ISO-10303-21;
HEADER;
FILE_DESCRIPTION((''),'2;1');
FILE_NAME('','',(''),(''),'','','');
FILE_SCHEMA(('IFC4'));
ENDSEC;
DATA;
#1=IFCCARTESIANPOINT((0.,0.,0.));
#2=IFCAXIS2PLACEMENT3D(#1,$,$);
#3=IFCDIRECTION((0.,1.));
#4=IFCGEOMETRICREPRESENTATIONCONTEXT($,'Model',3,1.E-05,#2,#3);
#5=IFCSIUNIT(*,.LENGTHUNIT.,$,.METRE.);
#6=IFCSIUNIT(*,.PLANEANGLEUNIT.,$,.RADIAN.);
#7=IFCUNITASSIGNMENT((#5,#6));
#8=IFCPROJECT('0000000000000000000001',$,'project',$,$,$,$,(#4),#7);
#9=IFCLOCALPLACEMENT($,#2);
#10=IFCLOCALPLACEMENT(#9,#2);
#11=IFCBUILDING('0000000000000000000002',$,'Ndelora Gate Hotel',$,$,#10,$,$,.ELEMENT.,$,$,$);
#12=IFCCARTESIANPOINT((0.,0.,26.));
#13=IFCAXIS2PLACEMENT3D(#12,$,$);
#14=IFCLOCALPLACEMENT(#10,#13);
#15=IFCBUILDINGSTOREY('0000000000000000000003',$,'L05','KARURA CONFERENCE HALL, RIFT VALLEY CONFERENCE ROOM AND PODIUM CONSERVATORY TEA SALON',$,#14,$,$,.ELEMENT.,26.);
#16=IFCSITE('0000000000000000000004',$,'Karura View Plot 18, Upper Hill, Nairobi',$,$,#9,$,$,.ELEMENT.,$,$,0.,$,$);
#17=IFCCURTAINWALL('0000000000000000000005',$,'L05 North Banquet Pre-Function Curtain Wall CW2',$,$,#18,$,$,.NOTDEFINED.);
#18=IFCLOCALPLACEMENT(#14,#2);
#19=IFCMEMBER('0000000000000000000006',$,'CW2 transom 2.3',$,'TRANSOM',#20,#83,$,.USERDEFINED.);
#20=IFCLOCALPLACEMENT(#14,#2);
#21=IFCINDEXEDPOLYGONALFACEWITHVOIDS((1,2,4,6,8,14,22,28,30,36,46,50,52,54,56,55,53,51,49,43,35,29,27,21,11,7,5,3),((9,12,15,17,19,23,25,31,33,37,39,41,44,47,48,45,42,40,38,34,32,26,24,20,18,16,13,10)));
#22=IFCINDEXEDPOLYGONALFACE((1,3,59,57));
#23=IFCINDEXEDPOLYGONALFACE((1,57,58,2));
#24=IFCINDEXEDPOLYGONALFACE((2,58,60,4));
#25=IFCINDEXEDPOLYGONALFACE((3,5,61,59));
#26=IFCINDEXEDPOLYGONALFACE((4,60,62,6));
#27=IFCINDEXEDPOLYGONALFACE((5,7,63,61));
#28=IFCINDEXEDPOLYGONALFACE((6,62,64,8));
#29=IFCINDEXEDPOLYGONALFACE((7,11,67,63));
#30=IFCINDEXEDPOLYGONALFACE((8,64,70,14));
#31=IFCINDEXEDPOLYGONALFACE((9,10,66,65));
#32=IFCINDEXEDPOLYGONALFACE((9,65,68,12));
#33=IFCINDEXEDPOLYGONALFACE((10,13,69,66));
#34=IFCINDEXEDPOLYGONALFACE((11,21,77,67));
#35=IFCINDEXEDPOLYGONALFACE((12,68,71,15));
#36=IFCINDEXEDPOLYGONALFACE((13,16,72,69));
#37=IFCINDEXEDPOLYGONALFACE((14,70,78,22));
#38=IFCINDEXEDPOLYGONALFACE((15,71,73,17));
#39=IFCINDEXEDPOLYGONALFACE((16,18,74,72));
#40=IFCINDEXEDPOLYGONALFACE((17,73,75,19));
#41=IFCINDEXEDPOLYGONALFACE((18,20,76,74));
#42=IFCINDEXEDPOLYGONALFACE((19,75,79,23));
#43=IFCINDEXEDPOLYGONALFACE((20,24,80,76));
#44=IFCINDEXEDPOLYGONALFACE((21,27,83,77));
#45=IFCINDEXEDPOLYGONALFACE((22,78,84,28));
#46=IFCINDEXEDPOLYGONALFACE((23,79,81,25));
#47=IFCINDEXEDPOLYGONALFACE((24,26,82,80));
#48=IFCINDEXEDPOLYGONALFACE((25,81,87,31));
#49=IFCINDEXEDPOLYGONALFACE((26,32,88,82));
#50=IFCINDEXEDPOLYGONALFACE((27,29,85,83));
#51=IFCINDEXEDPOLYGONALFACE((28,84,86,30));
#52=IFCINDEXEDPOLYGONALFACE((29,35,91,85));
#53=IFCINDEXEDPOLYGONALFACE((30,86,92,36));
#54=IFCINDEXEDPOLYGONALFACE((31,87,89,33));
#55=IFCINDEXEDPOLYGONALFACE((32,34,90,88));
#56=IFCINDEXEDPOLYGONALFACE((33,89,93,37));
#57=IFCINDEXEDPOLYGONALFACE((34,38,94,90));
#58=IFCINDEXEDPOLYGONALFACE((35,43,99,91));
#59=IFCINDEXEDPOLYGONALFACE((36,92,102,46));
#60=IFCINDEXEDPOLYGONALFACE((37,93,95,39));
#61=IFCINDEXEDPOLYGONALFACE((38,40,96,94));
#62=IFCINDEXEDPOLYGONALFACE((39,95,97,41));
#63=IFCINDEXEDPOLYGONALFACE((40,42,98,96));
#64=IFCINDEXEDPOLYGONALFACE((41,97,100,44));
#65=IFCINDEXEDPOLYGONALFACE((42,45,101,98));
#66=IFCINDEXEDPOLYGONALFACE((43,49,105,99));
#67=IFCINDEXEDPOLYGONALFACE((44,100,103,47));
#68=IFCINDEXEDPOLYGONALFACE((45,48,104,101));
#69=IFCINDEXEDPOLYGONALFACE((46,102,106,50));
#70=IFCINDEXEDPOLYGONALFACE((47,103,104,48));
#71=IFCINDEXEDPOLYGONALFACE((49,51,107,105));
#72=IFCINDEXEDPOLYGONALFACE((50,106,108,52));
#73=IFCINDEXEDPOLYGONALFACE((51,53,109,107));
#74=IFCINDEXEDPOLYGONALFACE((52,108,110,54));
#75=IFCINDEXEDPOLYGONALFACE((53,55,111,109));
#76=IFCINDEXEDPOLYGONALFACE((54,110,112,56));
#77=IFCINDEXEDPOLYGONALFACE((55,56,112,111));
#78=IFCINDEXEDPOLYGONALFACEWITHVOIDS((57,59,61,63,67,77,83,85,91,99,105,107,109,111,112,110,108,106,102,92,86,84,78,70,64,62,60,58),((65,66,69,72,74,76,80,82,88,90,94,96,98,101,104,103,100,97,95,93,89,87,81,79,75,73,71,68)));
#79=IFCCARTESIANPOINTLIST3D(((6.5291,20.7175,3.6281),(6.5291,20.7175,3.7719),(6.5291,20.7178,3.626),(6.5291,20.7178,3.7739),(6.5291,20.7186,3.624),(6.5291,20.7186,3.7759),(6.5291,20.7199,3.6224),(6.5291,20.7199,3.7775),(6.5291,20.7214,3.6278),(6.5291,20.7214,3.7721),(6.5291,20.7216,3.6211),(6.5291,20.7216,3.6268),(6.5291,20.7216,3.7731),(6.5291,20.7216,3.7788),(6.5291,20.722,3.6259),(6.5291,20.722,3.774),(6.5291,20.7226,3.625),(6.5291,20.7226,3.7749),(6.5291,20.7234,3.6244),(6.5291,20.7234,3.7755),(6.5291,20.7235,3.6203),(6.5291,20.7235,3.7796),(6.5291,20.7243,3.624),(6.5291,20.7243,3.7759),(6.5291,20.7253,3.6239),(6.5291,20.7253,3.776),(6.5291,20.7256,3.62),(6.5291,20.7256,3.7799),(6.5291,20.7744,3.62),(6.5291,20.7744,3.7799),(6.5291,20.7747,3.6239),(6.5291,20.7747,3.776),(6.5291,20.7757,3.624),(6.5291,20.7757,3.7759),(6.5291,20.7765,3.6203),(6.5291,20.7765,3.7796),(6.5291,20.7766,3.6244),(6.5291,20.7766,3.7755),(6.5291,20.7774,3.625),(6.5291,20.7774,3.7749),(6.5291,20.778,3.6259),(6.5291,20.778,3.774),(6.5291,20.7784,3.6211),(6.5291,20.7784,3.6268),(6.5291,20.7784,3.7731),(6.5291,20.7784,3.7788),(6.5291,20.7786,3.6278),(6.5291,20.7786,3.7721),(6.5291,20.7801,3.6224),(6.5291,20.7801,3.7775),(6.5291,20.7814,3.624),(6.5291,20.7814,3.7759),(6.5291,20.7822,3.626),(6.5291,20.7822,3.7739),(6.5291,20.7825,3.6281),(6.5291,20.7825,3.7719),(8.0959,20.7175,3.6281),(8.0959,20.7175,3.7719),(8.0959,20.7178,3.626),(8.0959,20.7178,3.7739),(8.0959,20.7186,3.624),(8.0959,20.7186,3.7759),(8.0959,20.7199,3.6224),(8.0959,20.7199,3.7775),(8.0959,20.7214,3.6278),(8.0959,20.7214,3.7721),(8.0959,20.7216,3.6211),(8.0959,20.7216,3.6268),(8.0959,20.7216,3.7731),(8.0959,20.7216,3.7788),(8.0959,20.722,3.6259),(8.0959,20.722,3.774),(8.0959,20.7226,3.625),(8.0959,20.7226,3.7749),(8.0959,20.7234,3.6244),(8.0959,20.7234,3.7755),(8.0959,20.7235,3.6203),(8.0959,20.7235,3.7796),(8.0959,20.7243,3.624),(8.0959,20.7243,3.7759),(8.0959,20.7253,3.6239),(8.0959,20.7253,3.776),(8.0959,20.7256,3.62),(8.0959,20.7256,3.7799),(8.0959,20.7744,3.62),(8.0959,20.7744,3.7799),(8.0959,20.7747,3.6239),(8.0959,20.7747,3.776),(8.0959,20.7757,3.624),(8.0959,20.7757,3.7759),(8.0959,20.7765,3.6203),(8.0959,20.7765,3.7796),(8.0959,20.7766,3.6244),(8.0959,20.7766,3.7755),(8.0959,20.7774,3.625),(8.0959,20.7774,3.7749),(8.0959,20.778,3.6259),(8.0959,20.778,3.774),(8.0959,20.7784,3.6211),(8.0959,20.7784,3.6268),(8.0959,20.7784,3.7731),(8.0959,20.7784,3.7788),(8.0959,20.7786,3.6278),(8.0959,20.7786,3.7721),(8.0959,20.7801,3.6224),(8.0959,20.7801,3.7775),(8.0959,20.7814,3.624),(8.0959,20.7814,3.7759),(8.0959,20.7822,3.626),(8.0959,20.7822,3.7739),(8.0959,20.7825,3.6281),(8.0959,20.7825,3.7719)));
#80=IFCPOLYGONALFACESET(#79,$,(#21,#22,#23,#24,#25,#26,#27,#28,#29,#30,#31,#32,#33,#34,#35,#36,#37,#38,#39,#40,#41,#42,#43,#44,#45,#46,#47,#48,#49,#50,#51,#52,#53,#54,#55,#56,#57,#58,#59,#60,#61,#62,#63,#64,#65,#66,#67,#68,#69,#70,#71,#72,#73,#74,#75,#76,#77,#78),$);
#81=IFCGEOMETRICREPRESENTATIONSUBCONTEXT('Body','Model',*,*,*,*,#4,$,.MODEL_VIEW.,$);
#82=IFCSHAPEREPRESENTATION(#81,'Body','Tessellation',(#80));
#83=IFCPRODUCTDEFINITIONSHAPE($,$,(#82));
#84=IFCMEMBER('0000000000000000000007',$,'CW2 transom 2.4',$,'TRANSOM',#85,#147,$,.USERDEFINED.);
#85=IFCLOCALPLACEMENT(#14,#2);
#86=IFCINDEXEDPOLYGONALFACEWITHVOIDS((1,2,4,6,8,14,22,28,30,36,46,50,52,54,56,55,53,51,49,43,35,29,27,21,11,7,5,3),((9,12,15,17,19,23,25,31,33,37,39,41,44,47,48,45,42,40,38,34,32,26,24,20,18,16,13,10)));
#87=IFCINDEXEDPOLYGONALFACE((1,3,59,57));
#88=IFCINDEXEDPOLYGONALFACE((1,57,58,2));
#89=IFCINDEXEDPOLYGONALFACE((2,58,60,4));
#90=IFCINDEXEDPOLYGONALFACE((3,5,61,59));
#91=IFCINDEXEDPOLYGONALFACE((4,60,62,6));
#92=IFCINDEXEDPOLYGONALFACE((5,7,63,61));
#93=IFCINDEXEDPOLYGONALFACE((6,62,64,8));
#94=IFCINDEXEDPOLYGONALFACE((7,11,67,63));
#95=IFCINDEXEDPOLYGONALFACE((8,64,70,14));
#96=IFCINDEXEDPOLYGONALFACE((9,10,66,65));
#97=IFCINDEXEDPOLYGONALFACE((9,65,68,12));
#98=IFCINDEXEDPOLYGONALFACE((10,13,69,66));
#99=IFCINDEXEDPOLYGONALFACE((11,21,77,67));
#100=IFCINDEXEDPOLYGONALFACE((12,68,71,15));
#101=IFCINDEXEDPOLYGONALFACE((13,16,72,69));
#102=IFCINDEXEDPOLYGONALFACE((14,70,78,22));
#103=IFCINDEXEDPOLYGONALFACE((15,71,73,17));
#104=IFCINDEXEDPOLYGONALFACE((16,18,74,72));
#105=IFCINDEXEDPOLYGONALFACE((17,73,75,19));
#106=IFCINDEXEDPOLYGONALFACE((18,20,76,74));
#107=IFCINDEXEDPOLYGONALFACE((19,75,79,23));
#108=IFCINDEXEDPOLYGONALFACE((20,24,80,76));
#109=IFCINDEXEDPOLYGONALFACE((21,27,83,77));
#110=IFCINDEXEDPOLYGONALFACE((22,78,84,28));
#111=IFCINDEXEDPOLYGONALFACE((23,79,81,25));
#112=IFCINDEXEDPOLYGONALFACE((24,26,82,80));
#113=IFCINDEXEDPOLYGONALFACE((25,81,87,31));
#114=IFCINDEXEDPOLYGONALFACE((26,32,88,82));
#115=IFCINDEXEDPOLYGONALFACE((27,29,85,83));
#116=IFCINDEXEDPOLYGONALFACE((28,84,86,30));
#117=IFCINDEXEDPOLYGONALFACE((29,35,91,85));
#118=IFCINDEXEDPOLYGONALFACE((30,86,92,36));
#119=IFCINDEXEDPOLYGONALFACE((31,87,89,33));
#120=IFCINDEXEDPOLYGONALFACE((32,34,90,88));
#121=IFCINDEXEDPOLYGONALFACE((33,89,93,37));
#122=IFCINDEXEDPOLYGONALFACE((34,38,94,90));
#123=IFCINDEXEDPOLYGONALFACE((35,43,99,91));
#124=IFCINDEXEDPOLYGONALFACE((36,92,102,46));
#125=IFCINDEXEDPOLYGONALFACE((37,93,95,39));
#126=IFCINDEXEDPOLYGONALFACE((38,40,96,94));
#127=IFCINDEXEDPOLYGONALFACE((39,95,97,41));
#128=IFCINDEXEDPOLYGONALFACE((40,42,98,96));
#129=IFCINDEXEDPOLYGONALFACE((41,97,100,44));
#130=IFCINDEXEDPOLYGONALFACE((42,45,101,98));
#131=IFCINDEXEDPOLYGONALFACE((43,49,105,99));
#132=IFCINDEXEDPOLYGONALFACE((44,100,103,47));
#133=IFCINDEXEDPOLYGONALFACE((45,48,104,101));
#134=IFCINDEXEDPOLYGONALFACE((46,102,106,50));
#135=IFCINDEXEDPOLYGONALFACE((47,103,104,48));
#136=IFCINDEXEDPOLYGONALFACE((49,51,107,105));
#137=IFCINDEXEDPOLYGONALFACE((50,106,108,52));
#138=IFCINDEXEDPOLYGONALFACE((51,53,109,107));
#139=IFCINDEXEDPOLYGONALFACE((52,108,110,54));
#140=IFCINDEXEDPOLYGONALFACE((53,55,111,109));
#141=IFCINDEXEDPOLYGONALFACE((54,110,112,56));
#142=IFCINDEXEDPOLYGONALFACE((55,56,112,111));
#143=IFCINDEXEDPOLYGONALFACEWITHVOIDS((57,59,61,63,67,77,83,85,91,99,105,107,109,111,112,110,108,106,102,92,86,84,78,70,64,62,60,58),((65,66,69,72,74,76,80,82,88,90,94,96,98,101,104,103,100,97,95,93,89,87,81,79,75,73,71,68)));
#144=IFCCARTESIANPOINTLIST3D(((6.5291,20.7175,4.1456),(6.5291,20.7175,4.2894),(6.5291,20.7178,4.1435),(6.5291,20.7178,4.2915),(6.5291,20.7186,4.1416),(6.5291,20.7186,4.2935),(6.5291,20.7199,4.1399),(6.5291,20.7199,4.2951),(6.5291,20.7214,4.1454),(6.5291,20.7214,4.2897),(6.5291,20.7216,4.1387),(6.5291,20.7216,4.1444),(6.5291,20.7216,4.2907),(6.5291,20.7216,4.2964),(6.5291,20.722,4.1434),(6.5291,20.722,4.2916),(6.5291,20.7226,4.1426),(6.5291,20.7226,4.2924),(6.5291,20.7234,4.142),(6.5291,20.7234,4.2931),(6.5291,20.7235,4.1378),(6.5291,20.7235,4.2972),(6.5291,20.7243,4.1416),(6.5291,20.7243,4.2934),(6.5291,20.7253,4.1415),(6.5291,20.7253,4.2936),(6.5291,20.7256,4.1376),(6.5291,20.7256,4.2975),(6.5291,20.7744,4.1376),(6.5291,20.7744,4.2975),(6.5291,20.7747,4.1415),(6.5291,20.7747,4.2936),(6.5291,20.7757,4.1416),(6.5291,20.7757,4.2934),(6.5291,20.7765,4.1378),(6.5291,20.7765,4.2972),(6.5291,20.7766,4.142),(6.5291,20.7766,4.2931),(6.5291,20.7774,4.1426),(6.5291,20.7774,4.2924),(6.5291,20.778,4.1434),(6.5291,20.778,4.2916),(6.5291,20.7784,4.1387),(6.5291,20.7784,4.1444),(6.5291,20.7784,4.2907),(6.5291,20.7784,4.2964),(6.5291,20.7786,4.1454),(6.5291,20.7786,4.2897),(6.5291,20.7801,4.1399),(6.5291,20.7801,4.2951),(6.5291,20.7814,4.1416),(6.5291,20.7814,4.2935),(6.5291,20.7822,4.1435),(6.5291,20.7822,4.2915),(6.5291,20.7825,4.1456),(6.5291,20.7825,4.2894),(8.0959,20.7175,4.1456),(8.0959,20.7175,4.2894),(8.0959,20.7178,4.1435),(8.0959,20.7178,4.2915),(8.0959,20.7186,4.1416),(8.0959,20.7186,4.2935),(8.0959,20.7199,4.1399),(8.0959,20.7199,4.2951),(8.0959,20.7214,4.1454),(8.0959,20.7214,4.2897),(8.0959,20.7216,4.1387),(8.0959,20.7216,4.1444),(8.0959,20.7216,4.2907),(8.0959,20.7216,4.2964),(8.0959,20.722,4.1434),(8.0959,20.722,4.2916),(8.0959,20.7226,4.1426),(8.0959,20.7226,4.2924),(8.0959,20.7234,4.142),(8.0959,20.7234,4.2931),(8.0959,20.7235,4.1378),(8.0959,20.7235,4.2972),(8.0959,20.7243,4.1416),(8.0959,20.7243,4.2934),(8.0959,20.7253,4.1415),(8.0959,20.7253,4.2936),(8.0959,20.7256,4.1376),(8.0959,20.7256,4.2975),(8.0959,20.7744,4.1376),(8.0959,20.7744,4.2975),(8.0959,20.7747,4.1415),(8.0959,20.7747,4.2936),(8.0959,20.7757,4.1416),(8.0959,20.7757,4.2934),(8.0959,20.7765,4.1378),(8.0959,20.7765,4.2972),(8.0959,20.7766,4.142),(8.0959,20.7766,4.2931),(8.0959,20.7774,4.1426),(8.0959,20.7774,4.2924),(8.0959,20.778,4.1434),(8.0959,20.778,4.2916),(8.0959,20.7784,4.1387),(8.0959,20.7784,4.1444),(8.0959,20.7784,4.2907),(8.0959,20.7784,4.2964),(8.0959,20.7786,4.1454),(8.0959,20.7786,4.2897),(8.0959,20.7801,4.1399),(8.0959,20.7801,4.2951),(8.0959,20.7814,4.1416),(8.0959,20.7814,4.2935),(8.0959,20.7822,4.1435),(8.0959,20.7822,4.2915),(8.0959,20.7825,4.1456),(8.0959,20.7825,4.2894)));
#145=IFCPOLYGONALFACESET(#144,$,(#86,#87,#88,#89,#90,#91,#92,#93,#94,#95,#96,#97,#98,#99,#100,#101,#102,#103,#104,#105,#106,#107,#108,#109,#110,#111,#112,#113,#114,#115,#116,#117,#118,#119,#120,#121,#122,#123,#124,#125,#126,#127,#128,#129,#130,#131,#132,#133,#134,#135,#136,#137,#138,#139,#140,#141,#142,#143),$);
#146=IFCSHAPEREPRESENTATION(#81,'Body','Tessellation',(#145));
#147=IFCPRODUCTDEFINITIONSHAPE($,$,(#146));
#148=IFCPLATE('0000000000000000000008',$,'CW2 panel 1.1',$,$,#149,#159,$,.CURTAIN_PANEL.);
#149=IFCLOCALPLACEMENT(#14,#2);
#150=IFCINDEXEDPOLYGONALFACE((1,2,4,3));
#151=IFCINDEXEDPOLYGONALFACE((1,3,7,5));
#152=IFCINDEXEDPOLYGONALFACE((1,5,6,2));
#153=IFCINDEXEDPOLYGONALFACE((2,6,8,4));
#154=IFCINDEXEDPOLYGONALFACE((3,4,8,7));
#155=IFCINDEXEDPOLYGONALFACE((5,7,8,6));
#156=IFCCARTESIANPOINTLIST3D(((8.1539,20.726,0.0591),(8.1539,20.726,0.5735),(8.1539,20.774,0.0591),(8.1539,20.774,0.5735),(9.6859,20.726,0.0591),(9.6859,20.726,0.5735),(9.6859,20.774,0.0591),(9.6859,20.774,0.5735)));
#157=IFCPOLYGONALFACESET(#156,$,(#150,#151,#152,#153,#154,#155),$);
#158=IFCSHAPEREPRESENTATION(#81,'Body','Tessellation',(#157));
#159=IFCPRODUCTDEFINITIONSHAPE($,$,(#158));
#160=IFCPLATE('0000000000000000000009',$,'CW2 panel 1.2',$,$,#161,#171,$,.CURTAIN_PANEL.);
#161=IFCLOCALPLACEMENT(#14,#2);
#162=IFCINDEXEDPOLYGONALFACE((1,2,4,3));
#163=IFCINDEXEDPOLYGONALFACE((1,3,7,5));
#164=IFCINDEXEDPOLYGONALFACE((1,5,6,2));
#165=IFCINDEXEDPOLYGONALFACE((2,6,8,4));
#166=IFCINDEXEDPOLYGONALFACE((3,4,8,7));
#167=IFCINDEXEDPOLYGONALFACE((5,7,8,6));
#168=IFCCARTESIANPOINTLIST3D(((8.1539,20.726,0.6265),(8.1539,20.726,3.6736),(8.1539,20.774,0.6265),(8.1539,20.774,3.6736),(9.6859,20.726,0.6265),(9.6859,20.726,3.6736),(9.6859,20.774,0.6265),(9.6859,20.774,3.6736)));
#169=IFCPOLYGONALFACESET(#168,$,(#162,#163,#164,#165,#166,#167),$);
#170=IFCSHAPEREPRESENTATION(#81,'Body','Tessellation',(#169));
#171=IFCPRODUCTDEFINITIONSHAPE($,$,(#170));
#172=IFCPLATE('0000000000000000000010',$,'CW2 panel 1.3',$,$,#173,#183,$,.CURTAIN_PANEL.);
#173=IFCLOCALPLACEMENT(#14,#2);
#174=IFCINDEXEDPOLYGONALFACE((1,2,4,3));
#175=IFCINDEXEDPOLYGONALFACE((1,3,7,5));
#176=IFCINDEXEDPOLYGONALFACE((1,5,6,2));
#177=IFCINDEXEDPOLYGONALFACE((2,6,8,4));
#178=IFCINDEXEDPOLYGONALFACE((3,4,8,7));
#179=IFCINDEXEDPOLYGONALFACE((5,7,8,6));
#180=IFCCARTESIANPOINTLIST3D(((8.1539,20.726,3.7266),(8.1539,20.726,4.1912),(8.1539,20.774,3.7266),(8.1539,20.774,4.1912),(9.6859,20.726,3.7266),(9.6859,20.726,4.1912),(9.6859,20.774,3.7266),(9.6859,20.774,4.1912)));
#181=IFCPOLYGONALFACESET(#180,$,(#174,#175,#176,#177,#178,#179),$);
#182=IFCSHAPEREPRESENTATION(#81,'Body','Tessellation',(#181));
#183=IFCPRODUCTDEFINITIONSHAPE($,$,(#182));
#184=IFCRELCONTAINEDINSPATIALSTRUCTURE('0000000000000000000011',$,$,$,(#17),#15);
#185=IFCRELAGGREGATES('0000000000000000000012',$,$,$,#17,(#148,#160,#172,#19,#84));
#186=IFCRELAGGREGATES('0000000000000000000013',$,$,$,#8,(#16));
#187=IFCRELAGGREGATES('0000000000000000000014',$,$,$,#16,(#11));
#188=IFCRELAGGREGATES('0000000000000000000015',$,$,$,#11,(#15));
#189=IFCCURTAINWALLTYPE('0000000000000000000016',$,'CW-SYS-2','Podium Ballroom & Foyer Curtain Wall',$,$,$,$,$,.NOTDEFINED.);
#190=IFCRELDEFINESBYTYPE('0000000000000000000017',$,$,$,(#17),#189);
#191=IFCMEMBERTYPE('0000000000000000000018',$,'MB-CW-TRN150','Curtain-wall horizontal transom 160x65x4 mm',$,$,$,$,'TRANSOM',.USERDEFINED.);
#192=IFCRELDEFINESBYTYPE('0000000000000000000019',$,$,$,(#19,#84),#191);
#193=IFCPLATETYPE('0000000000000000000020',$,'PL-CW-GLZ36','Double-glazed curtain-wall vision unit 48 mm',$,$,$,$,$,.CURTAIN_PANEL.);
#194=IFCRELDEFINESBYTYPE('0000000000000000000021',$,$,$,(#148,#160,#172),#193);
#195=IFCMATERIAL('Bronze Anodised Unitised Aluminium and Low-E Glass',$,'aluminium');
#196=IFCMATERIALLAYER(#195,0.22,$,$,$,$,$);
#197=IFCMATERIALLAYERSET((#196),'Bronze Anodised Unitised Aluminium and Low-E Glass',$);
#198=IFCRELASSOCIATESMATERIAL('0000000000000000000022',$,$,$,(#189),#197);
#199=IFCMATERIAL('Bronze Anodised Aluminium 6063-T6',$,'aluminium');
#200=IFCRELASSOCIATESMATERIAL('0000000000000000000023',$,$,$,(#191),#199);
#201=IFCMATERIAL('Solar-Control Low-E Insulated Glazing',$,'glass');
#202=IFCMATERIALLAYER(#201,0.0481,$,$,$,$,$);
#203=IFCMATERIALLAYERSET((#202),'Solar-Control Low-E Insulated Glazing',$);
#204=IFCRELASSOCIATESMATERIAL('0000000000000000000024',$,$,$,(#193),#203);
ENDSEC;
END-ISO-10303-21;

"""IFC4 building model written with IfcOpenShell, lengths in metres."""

from ifc_helpers import new_model, si_unit, direction, frame, origin, origin_2d, place, context, subcontext, project, spatial, rectangle, hollow_rectangle, extrude, material, layer, layer_set, material_profile, profile_set, type_object, element, aggregate, save


model = new_model("IFC4")

# Units and contexts
model_context = context("Model", 3, precision=1e-05, world=origin(), true_north=direction((0.0, 1.0)))
body_context = subcontext(model_context, "Body", "Model", "MODEL_VIEW")
ifc_project = project(units=[si_unit("LENGTHUNIT", "METRE"), si_unit("PLANEANGLEUNIT", "RADIAN")], contexts=[model_context])

# Site, building, storey
site_placement = place(None, origin())
site = spatial("IfcSite", under=ifc_project, at=site_placement, Name="Karura View Plot 18, Upper Hill, Nairobi", CompositionType="ELEMENT", RefElevation=0.0)
building_placement = place(site_placement, origin())
building = spatial("IfcBuilding", under=site, at=building_placement, Name="Ndelora Gate Hotel", CompositionType="ELEMENT")
storey_placement = place(building_placement, frame((0.0, 0.0, 26.0)))
storey = spatial("IfcBuildingStorey", under=building, at=storey_placement, Name="L05", Description="KARURA CONFERENCE HALL, RIFT VALLEY CONFERENCE ROOM AND PODIUM CONSERVATORY TEA SALON", CompositionType="ELEMENT", Elevation=26.0)

# Curtain wall, members, plates
ifc_material_1 = material(Name="Bronze Anodised Unitised Aluminium and Low-E Glass", Category="aluminium")
ifc_layer_1 = layer(ifc_material_1, 0.22)
ifc_layer_set_1 = layer_set([ifc_layer_1], Name="Bronze Anodised Unitised Aluminium and Low-E Glass")
curtain_wall_type = type_object("IfcCurtainWallType", Name="CW-SYS-2", Description="Podium Ballroom & Foyer Curtain Wall", PredefinedType="NOTDEFINED", material=ifc_layer_set_1)
curtain_wall_placement = place(storey_placement, origin())
curtain_wall = element("IfcCurtainWall", 1, at=curtain_wall_placement, inside=storey, type_object=curtain_wall_type, Name="L05 North Banquet Pre-Function Curtain Wall CW2", PredefinedType="NOTDEFINED")
ifc_material_2 = material(Name="Bronze Anodised Aluminium 6063-T6", Category="aluminium")
ifc_material_profile_1 = material_profile(ifc_material_2, hollow_rectangle(XDim=0.0649, YDim=0.1599, WallThickness=0.0039, InnerFilletRadius=0.0039, OuterFilletRadius=0.0081, at=origin_2d()), Name="ALU 160x65x4")
ifc_profile_set_1 = profile_set([ifc_material_profile_1], Name="Bronze Anodised Aluminium 6063-T6")
member_type_1 = type_object("IfcMemberType", Name="MB-CW-TRN150", Description="Curtain-wall horizontal transom 160x65x4 mm", ElementType="TRANSOM", PredefinedType="USERDEFINED", material=ifc_profile_set_1)
member_1_placement = place(storey_placement, frame((8.0959, 20.75, 3.7), z_axis=(-1.0, 0.0, 0.0), x_axis=(0.0, -1.0, 0.0)))
member_1 = element("IfcMember", 2, at=member_1_placement, type_object=member_type_1, Name="CW2 transom 2.3", ObjectType="TRANSOM", PredefinedType="USERDEFINED", context=body_context, shape_type="SweptSolid", body=[
    extrude(hollow_rectangle(XDim=0.0649, YDim=0.1599, WallThickness=0.0039, InnerFilletRadius=0.0039, OuterFilletRadius=0.0081, at=origin_2d()), origin(), (0.0, 0.0, 1.0), 1.5669),
])
member_2_placement = place(storey_placement, frame((8.0959, 20.75, 4.2175), z_axis=(-1.0, 0.0, 0.0), x_axis=(0.0, -1.0, 0.0)))
member_2 = element("IfcMember", 3, at=member_2_placement, type_object=member_type_1, Name="CW2 transom 2.4", ObjectType="TRANSOM", PredefinedType="USERDEFINED", context=body_context, shape_type="SweptSolid", body=[
    extrude(hollow_rectangle(XDim=0.0649, YDim=0.1599, WallThickness=0.0039, InnerFilletRadius=0.0039, OuterFilletRadius=0.0081, at=origin_2d()), origin(), (0.0, 0.0, 1.0), 1.5669),
])
ifc_material_3 = material(Name="Solar-Control Low-E Insulated Glazing", Category="glass")
ifc_layer_2 = layer(ifc_material_3, 0.0481)
ifc_layer_set_2 = layer_set([ifc_layer_2], Name="Solar-Control Low-E Insulated Glazing")
plate_type = type_object("IfcPlateType", Name="PL-CW-GLZ36", Description="Double-glazed curtain-wall vision unit 48 mm", PredefinedType="CURTAIN_PANEL", material=ifc_layer_set_2)
plate_1_placement = place(storey_placement, frame((8.9199, 20.75, 0.0591), z_axis=(0.0, 0.0, 1.0), x_axis=(-1.0, 0.0, 0.0)))
plate_1 = element("IfcPlate", 4, at=plate_1_placement, type_object=plate_type, Name="CW2 panel 1.1", PredefinedType="CURTAIN_PANEL", context=body_context, shape_type="SweptSolid", body=[
    extrude(rectangle(XDim=1.532, YDim=0.0481, at=origin_2d()), origin(), (0.0, 0.0, 1.0), 0.5144),
])
plate_2_placement = place(storey_placement, frame((8.9199, 20.75, 0.6265), z_axis=(0.0, 0.0, 1.0), x_axis=(-1.0, 0.0, 0.0)))
plate_2 = element("IfcPlate", 5, at=plate_2_placement, type_object=plate_type, Name="CW2 panel 1.2", PredefinedType="CURTAIN_PANEL", context=body_context, shape_type="SweptSolid", body=[
    extrude(rectangle(XDim=1.532, YDim=0.0481, at=origin_2d()), origin(), (0.0, 0.0, 1.0), 3.0471),
])
plate_3_placement = place(storey_placement, frame((8.9199, 20.75, 3.7266), z_axis=(0.0, 0.0, 1.0), x_axis=(-1.0, 0.0, 0.0)))
plate_3 = element("IfcPlate", 6, at=plate_3_placement, type_object=plate_type, Name="CW2 panel 1.3", PredefinedType="CURTAIN_PANEL", context=body_context, shape_type="SweptSolid", body=[
    extrude(rectangle(XDim=1.532, YDim=0.0481, at=origin_2d()), origin(), (0.0, 0.0, 1.0), 0.4646),
])
aggregate(curtain_wall, [plate_1, plate_2, plate_3, member_1, member_2])

save(model, "model.ifc")
